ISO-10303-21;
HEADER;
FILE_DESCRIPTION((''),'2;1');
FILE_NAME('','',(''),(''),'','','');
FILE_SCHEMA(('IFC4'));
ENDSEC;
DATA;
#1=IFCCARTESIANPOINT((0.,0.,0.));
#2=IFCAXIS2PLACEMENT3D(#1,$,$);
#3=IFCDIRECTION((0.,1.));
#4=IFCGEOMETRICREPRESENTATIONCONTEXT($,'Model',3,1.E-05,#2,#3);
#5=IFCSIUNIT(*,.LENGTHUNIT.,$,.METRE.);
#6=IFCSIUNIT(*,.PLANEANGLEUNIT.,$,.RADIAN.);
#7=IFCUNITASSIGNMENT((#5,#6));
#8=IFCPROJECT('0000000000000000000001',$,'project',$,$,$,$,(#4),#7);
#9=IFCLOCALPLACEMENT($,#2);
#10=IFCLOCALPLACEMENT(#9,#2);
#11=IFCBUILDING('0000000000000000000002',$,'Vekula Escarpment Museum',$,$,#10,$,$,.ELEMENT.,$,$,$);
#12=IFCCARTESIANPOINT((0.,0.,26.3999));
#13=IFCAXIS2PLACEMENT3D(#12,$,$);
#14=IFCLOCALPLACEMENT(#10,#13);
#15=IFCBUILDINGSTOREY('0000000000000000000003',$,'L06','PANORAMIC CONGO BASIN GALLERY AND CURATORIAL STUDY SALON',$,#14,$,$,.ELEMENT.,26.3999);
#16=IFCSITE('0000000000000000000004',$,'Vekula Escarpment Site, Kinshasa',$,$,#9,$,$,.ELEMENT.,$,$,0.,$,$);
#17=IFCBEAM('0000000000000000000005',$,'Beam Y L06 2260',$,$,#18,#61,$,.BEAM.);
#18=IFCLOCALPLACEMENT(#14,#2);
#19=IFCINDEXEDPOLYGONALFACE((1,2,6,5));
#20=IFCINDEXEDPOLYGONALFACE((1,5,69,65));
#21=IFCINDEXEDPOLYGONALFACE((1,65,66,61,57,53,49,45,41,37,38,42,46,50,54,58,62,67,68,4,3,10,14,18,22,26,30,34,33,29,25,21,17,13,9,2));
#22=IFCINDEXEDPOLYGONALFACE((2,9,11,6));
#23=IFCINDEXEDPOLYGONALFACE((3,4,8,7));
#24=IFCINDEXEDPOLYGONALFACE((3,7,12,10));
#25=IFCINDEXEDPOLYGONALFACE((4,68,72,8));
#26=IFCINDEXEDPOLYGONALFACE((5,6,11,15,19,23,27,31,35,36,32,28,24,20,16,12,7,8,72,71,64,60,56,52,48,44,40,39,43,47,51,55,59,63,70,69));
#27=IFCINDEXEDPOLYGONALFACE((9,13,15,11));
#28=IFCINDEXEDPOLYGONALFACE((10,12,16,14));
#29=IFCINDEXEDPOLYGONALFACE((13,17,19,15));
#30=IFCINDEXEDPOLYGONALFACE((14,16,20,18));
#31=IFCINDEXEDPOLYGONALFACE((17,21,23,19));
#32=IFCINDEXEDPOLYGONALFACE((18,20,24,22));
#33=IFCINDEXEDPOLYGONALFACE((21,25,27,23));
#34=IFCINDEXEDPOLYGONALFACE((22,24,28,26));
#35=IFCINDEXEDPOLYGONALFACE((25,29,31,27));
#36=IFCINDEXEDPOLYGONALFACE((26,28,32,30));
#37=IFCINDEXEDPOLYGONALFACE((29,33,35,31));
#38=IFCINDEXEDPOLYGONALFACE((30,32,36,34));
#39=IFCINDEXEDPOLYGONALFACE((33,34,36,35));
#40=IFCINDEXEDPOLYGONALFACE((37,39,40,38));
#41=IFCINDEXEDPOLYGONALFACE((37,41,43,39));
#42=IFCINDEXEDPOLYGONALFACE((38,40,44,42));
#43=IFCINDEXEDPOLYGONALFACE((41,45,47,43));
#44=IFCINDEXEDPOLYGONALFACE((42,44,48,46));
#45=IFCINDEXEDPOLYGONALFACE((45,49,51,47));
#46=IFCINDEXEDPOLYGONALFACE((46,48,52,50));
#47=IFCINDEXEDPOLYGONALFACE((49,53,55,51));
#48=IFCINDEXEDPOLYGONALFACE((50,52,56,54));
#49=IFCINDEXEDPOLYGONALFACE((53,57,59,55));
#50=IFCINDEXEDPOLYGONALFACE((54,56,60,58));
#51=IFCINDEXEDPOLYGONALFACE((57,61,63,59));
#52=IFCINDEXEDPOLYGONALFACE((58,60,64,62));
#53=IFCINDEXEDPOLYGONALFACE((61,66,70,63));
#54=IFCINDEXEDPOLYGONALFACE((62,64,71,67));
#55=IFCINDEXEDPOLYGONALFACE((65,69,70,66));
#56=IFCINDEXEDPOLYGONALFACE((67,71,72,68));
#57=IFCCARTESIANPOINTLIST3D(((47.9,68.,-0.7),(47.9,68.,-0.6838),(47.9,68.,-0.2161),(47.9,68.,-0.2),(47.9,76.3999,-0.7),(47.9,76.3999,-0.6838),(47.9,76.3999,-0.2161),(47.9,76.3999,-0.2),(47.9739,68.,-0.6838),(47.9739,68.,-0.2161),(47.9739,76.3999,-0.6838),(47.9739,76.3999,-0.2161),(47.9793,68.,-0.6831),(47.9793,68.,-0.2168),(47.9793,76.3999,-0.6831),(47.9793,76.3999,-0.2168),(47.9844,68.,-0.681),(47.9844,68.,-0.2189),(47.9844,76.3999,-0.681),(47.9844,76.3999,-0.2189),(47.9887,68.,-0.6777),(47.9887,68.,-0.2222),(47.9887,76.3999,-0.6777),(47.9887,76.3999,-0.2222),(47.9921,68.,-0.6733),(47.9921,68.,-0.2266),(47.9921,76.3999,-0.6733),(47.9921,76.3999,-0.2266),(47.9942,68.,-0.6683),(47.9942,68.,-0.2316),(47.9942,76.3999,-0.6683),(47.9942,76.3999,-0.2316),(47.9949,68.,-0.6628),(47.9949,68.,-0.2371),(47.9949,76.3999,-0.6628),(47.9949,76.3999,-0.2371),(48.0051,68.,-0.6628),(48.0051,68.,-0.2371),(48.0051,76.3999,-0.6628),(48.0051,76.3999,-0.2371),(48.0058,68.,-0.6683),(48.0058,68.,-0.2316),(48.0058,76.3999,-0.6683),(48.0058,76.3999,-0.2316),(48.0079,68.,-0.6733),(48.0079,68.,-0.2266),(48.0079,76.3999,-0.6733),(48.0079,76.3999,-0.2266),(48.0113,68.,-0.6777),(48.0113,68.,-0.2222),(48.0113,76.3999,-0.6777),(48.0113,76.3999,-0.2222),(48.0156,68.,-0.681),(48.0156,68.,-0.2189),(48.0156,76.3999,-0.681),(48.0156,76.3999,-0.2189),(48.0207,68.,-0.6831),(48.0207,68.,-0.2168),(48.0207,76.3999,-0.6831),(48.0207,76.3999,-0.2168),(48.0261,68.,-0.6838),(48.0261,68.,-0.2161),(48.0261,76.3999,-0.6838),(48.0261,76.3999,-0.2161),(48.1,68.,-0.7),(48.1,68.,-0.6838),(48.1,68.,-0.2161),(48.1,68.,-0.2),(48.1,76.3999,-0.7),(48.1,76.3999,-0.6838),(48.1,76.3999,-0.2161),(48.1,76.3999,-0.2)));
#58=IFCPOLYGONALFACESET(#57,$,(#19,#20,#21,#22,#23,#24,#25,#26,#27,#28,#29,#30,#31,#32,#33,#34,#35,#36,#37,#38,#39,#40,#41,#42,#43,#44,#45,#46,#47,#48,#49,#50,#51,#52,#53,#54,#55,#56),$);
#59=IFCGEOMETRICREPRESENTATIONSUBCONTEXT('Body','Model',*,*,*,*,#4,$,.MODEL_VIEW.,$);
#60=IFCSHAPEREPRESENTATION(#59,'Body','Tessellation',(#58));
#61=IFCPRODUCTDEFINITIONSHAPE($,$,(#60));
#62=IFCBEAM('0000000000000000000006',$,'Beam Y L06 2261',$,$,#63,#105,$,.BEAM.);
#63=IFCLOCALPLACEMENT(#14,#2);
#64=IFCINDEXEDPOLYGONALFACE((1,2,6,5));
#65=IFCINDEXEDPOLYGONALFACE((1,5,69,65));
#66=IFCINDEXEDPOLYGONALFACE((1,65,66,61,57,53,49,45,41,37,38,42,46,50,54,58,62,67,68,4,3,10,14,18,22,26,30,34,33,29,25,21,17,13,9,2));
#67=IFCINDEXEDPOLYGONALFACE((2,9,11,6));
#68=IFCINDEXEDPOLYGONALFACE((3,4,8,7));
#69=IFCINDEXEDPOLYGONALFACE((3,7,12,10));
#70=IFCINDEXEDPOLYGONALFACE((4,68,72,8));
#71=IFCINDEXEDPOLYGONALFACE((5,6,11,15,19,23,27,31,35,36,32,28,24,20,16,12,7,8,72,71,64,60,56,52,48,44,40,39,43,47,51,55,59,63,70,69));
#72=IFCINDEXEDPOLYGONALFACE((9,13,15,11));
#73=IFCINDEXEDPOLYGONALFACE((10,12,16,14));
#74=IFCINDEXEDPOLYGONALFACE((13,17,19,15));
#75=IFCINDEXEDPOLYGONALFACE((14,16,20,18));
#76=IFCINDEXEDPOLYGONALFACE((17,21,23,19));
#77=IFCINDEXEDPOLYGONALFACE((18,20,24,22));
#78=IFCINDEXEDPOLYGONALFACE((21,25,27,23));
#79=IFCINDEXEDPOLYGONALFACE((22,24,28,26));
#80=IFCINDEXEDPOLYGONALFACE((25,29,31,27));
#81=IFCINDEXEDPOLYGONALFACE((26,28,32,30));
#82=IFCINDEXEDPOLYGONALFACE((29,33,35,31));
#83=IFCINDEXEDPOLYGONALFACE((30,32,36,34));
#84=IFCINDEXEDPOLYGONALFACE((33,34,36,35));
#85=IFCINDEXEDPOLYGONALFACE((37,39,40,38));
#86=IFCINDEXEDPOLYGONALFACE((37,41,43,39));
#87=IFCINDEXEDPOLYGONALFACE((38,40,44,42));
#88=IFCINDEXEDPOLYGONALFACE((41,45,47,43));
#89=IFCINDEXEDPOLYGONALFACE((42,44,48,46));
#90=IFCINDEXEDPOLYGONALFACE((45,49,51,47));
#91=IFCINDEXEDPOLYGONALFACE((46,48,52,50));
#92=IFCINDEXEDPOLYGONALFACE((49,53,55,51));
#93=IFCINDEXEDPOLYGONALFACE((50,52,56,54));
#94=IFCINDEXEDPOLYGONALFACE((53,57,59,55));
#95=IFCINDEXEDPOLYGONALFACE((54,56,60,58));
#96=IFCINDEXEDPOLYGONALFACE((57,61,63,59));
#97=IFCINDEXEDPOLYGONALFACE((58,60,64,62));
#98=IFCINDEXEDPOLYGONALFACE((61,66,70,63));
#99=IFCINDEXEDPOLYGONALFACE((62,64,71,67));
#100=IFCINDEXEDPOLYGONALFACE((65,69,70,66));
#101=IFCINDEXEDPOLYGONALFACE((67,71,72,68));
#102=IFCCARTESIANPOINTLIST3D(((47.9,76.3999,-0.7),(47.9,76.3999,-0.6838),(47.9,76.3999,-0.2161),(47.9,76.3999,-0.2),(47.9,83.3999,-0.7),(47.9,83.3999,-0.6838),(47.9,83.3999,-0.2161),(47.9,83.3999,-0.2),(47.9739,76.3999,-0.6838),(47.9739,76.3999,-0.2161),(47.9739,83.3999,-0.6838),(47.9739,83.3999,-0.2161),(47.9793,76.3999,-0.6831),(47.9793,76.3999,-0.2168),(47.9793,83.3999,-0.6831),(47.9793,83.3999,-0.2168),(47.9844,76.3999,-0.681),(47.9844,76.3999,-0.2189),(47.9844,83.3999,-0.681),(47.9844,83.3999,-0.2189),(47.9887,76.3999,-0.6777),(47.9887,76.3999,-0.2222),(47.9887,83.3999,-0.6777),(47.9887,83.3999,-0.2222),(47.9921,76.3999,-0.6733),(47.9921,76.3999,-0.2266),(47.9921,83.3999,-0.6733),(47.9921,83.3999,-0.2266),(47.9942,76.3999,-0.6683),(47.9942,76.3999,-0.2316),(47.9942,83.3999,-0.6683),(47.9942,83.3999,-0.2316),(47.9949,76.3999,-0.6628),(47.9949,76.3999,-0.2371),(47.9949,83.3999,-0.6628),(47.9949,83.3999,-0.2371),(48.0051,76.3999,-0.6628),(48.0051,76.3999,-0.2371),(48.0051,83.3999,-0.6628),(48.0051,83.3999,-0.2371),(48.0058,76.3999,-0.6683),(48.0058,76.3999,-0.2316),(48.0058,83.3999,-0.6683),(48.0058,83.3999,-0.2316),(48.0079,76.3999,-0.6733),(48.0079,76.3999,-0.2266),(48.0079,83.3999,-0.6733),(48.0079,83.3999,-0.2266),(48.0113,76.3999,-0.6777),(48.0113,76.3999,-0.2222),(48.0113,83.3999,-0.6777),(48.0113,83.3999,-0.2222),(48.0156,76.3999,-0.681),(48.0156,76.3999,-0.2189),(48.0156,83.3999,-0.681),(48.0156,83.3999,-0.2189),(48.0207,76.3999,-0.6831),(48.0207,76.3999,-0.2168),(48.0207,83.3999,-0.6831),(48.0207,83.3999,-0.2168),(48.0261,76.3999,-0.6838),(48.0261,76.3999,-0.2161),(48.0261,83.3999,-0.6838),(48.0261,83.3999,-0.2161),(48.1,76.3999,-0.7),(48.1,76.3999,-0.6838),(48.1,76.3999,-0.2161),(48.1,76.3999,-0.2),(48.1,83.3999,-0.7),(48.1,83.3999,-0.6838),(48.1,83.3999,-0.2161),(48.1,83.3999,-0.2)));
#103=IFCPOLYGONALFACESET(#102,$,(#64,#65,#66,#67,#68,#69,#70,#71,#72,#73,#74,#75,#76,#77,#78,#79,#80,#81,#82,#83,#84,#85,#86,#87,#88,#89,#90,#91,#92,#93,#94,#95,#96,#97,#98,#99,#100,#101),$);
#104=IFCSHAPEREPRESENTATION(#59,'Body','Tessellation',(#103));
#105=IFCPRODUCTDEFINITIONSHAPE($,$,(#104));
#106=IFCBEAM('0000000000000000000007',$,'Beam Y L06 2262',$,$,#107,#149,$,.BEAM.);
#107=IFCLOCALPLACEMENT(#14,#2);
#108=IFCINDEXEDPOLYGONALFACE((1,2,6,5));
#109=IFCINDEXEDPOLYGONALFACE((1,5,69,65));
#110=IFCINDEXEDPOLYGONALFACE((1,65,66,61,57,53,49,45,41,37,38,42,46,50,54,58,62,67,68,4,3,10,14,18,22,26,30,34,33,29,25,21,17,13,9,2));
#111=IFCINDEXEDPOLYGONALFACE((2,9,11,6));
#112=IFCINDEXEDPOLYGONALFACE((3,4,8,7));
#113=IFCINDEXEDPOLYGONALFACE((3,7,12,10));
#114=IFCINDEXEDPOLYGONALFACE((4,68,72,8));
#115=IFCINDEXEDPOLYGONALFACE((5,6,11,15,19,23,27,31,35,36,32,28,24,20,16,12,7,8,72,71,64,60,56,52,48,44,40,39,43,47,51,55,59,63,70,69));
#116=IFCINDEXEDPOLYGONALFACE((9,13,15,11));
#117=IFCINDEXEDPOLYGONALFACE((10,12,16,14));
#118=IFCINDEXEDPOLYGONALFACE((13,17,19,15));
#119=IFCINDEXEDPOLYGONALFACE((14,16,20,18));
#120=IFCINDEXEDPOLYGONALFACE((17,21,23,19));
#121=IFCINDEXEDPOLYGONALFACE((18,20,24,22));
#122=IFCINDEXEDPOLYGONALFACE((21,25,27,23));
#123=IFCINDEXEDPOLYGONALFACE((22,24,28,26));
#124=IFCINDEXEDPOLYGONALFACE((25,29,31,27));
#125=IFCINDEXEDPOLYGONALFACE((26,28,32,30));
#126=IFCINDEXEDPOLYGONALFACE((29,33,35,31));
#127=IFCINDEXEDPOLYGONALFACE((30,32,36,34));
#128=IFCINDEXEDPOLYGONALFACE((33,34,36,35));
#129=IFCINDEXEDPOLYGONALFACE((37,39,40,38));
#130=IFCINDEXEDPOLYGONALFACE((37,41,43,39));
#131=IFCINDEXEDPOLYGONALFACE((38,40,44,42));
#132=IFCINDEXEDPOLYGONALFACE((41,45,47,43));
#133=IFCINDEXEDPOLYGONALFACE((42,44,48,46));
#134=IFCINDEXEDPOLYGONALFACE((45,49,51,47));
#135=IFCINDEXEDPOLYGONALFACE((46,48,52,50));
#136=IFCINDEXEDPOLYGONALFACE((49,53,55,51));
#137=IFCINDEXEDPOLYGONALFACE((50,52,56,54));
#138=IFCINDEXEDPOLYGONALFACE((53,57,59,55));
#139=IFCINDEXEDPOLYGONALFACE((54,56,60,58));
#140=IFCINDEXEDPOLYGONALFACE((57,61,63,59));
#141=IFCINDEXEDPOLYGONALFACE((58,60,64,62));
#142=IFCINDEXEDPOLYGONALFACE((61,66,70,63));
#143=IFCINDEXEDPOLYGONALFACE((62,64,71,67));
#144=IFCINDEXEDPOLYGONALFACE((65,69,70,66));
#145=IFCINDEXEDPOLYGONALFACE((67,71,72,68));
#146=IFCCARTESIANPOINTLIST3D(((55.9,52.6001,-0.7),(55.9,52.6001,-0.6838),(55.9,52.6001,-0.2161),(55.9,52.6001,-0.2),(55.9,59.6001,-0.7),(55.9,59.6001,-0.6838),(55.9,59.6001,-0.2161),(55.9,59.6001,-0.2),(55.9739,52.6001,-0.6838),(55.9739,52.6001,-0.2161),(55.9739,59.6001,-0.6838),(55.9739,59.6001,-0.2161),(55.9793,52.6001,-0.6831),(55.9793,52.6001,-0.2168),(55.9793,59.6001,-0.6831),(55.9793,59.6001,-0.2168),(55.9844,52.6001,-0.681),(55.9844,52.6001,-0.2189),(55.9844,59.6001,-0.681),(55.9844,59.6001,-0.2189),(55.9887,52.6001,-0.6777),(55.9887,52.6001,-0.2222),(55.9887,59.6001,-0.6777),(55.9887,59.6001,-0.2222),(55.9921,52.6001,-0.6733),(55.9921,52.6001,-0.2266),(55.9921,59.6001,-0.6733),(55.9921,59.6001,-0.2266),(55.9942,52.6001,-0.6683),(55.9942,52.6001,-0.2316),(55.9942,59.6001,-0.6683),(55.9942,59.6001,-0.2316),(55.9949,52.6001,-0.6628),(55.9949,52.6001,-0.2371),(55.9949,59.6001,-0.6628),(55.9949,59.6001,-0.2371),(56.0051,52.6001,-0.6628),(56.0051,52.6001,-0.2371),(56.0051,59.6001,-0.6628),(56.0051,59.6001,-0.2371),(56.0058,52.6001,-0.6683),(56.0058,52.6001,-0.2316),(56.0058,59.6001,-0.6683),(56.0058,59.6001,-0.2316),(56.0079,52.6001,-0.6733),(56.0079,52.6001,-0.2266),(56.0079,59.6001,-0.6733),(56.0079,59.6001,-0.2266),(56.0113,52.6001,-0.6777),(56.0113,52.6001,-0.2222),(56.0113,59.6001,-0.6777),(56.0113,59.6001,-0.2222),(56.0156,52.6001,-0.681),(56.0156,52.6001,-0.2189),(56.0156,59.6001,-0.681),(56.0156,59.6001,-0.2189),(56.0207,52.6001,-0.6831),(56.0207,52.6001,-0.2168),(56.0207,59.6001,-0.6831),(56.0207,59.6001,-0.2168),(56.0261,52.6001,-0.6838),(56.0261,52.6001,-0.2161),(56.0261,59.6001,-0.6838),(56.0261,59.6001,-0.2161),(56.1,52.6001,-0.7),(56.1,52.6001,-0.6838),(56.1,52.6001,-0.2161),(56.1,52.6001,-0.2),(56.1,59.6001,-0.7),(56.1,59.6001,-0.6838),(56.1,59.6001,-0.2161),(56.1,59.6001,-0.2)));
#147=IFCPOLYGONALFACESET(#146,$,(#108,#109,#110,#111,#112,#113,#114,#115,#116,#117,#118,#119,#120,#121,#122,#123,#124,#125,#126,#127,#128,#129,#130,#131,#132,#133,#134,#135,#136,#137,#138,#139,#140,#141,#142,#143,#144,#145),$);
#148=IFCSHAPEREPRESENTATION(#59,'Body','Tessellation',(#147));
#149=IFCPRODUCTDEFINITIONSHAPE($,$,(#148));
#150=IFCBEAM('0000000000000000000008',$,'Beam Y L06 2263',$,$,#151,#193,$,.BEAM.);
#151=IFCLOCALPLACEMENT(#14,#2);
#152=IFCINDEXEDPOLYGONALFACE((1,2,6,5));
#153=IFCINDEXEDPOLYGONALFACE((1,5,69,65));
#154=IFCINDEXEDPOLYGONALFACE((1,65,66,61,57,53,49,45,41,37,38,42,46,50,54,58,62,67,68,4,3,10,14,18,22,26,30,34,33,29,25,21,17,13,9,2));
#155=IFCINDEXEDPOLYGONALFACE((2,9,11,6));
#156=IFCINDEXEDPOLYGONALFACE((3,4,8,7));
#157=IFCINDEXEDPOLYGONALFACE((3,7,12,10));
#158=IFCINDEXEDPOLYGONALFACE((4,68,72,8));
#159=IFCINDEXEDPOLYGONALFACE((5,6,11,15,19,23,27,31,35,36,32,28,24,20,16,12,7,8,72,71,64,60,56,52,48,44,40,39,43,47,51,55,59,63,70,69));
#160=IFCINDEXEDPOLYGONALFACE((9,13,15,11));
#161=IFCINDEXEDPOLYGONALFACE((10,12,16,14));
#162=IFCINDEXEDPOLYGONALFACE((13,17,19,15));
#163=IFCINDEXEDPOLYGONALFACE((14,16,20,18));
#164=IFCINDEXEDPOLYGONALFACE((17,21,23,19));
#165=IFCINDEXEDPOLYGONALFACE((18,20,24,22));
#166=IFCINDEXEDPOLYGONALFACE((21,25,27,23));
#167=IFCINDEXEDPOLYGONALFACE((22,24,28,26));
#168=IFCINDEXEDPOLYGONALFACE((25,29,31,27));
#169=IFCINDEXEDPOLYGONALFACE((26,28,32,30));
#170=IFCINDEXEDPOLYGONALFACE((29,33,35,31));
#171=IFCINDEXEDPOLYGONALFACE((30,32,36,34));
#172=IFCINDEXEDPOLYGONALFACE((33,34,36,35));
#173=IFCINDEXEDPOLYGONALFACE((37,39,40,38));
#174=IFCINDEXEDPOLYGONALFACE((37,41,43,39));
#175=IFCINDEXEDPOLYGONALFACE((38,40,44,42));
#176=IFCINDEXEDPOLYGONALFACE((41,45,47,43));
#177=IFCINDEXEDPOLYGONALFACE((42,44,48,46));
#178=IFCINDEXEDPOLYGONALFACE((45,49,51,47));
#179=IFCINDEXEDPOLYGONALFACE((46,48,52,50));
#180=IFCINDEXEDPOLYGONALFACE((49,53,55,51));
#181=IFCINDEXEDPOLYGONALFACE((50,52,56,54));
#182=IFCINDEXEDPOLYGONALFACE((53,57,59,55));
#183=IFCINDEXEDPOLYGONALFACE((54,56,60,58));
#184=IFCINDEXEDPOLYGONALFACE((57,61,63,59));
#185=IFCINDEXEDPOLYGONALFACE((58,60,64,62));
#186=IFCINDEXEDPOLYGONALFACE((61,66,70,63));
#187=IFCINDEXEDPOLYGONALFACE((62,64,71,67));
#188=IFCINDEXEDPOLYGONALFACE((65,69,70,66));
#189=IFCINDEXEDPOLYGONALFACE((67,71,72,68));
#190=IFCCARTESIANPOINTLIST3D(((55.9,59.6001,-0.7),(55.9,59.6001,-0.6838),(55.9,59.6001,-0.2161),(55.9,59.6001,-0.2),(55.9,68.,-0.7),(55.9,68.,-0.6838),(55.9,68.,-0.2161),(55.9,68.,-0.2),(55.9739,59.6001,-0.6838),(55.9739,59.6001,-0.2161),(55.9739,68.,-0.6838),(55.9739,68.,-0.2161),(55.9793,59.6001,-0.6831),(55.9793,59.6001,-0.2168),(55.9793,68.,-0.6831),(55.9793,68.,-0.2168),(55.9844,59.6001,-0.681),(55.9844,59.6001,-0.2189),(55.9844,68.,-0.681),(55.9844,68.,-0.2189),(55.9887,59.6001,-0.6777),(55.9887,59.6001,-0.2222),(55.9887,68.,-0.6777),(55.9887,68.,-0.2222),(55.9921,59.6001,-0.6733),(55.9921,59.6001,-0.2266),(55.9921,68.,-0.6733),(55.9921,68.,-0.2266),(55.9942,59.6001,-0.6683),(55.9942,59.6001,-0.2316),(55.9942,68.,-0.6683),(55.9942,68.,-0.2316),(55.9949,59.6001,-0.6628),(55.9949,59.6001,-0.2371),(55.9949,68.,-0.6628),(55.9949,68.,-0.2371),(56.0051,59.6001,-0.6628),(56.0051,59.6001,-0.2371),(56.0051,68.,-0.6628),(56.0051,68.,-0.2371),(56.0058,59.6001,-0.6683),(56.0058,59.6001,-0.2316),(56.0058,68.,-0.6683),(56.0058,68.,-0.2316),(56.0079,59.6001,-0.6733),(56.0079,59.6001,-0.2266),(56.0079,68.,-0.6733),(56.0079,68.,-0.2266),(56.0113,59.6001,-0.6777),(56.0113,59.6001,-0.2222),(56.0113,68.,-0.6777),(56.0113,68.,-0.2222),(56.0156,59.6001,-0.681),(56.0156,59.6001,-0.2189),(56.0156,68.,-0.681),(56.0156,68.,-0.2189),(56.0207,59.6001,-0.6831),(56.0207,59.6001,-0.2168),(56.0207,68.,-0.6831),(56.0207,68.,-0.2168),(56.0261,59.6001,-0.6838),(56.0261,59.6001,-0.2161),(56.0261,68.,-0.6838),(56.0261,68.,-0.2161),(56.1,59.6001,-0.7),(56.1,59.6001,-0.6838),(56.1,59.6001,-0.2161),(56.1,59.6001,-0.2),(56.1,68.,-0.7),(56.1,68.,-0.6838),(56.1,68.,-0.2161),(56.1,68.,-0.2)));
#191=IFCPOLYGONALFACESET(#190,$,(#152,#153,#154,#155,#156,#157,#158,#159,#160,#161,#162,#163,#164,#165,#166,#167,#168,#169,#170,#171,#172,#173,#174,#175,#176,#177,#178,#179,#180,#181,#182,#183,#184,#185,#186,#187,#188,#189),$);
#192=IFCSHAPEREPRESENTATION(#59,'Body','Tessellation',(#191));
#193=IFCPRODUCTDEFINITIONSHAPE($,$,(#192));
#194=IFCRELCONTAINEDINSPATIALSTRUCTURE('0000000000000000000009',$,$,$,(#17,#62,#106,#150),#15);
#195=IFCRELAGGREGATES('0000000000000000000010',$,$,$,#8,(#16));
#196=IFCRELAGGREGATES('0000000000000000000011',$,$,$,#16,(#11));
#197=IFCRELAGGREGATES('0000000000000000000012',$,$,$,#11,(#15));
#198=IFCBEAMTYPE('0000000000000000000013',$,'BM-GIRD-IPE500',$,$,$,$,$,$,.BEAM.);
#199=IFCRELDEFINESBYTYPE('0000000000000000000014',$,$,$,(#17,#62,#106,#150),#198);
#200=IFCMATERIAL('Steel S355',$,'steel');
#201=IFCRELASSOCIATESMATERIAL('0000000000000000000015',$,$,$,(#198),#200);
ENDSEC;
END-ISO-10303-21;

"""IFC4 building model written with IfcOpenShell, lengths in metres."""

from ifc_helpers import new_model, si_unit, direction, frame, origin, origin_2d, place, context, subcontext, project, spatial, i_section, extrude, material, material_profile, profile_set, type_object, element, save


model = new_model("IFC4")

# Units and contexts
model_context = context("Model", 3, precision=1e-05, world=origin(), true_north=direction((0.0, 1.0)))
body_context = subcontext(model_context, "Body", "Model", "MODEL_VIEW")
ifc_project = project(units=[si_unit("LENGTHUNIT", "METRE"), si_unit("PLANEANGLEUNIT", "RADIAN")], contexts=[model_context])

# Site, building, storey
site_placement = place(None, origin())
site = spatial("IfcSite", under=ifc_project, at=site_placement, Name="Vekula Escarpment Site, Kinshasa", CompositionType="ELEMENT", RefElevation=0.0)
building_placement = place(site_placement, origin())
building = spatial("IfcBuilding", under=site, at=building_placement, Name="Vekula Escarpment Museum", CompositionType="ELEMENT")
storey_placement = place(building_placement, frame((0.0, 0.0, 26.3999)))
storey = spatial("IfcBuildingStorey", under=building, at=storey_placement, Name="L06", Description="PANORAMIC CONGO BASIN GALLERY AND CURATORIAL STUDY SALON", CompositionType="ELEMENT", Elevation=26.3999)

# Beams
ifc_material_1 = material(Name="Steel S355", Category="steel")
ifc_material_profile_1 = material_profile(ifc_material_1, i_section(OverallWidth=0.2, OverallDepth=0.5, WebThickness=0.0103, FlangeThickness=0.0161, FilletRadius=0.021, at=origin_2d()), Name="IPE 500")
ifc_profile_set_1 = profile_set([ifc_material_profile_1], Name="Steel S355")
beam_type_1 = type_object("IfcBeamType", Name="BM-GIRD-IPE500", PredefinedType="BEAM", material=ifc_profile_set_1)
for number, where, z_axis, x_axis, name in (
    (1, (48.0, 68.0, -0.45), (0.0, 1.0, 0.0), (-1.0, 0.0, 0.0), "Beam Y L06 2260"),
):
    element("IfcBeam", number, at=place(storey_placement, frame(where, z_axis=z_axis, x_axis=x_axis)), inside=storey, type_object=beam_type_1, Name=name, PredefinedType="BEAM", context=body_context, shape_type="SweptSolid", body=[
        extrude(i_section(OverallWidth=0.2, OverallDepth=0.5, WebThickness=0.0103, FlangeThickness=0.0161, FilletRadius=0.021, at=origin_2d()), origin(), (0.0, 0.0, 1.0), 8.3999),
    ])
for number, where, z_axis, x_axis, name in (
    (2, (48.0, 76.3999, -0.45), (0.0, 1.0, 0.0), (-1.0, 0.0, 0.0), "Beam Y L06 2261"),
    (3, (56.0, 52.6001, -0.45), (0.0, 1.0, 0.0), (-1.0, 0.0, 0.0), "Beam Y L06 2262"),
):
    element("IfcBeam", number, at=place(storey_placement, frame(where, z_axis=z_axis, x_axis=x_axis)), inside=storey, type_object=beam_type_1, Name=name, PredefinedType="BEAM", context=body_context, shape_type="SweptSolid", body=[
        extrude(i_section(OverallWidth=0.2, OverallDepth=0.5, WebThickness=0.0103, FlangeThickness=0.0161, FilletRadius=0.021, at=origin_2d()), origin(), (0.0, 0.0, 1.0), 7.0),
    ])
for number, where, z_axis, x_axis, name in (
    (4, (56.0, 59.6001, -0.45), (0.0, 1.0, 0.0), (-1.0, 0.0, 0.0), "Beam Y L06 2263"),
):
    element("IfcBeam", number, at=place(storey_placement, frame(where, z_axis=z_axis, x_axis=x_axis)), inside=storey, type_object=beam_type_1, Name=name, PredefinedType="BEAM", context=body_context, shape_type="SweptSolid", body=[
        extrude(i_section(OverallWidth=0.2, OverallDepth=0.5, WebThickness=0.0103, FlangeThickness=0.0161, FilletRadius=0.021, at=origin_2d()), origin(), (0.0, 0.0, 1.0), 8.3999),
    ])

save(model, "model.ifc")
